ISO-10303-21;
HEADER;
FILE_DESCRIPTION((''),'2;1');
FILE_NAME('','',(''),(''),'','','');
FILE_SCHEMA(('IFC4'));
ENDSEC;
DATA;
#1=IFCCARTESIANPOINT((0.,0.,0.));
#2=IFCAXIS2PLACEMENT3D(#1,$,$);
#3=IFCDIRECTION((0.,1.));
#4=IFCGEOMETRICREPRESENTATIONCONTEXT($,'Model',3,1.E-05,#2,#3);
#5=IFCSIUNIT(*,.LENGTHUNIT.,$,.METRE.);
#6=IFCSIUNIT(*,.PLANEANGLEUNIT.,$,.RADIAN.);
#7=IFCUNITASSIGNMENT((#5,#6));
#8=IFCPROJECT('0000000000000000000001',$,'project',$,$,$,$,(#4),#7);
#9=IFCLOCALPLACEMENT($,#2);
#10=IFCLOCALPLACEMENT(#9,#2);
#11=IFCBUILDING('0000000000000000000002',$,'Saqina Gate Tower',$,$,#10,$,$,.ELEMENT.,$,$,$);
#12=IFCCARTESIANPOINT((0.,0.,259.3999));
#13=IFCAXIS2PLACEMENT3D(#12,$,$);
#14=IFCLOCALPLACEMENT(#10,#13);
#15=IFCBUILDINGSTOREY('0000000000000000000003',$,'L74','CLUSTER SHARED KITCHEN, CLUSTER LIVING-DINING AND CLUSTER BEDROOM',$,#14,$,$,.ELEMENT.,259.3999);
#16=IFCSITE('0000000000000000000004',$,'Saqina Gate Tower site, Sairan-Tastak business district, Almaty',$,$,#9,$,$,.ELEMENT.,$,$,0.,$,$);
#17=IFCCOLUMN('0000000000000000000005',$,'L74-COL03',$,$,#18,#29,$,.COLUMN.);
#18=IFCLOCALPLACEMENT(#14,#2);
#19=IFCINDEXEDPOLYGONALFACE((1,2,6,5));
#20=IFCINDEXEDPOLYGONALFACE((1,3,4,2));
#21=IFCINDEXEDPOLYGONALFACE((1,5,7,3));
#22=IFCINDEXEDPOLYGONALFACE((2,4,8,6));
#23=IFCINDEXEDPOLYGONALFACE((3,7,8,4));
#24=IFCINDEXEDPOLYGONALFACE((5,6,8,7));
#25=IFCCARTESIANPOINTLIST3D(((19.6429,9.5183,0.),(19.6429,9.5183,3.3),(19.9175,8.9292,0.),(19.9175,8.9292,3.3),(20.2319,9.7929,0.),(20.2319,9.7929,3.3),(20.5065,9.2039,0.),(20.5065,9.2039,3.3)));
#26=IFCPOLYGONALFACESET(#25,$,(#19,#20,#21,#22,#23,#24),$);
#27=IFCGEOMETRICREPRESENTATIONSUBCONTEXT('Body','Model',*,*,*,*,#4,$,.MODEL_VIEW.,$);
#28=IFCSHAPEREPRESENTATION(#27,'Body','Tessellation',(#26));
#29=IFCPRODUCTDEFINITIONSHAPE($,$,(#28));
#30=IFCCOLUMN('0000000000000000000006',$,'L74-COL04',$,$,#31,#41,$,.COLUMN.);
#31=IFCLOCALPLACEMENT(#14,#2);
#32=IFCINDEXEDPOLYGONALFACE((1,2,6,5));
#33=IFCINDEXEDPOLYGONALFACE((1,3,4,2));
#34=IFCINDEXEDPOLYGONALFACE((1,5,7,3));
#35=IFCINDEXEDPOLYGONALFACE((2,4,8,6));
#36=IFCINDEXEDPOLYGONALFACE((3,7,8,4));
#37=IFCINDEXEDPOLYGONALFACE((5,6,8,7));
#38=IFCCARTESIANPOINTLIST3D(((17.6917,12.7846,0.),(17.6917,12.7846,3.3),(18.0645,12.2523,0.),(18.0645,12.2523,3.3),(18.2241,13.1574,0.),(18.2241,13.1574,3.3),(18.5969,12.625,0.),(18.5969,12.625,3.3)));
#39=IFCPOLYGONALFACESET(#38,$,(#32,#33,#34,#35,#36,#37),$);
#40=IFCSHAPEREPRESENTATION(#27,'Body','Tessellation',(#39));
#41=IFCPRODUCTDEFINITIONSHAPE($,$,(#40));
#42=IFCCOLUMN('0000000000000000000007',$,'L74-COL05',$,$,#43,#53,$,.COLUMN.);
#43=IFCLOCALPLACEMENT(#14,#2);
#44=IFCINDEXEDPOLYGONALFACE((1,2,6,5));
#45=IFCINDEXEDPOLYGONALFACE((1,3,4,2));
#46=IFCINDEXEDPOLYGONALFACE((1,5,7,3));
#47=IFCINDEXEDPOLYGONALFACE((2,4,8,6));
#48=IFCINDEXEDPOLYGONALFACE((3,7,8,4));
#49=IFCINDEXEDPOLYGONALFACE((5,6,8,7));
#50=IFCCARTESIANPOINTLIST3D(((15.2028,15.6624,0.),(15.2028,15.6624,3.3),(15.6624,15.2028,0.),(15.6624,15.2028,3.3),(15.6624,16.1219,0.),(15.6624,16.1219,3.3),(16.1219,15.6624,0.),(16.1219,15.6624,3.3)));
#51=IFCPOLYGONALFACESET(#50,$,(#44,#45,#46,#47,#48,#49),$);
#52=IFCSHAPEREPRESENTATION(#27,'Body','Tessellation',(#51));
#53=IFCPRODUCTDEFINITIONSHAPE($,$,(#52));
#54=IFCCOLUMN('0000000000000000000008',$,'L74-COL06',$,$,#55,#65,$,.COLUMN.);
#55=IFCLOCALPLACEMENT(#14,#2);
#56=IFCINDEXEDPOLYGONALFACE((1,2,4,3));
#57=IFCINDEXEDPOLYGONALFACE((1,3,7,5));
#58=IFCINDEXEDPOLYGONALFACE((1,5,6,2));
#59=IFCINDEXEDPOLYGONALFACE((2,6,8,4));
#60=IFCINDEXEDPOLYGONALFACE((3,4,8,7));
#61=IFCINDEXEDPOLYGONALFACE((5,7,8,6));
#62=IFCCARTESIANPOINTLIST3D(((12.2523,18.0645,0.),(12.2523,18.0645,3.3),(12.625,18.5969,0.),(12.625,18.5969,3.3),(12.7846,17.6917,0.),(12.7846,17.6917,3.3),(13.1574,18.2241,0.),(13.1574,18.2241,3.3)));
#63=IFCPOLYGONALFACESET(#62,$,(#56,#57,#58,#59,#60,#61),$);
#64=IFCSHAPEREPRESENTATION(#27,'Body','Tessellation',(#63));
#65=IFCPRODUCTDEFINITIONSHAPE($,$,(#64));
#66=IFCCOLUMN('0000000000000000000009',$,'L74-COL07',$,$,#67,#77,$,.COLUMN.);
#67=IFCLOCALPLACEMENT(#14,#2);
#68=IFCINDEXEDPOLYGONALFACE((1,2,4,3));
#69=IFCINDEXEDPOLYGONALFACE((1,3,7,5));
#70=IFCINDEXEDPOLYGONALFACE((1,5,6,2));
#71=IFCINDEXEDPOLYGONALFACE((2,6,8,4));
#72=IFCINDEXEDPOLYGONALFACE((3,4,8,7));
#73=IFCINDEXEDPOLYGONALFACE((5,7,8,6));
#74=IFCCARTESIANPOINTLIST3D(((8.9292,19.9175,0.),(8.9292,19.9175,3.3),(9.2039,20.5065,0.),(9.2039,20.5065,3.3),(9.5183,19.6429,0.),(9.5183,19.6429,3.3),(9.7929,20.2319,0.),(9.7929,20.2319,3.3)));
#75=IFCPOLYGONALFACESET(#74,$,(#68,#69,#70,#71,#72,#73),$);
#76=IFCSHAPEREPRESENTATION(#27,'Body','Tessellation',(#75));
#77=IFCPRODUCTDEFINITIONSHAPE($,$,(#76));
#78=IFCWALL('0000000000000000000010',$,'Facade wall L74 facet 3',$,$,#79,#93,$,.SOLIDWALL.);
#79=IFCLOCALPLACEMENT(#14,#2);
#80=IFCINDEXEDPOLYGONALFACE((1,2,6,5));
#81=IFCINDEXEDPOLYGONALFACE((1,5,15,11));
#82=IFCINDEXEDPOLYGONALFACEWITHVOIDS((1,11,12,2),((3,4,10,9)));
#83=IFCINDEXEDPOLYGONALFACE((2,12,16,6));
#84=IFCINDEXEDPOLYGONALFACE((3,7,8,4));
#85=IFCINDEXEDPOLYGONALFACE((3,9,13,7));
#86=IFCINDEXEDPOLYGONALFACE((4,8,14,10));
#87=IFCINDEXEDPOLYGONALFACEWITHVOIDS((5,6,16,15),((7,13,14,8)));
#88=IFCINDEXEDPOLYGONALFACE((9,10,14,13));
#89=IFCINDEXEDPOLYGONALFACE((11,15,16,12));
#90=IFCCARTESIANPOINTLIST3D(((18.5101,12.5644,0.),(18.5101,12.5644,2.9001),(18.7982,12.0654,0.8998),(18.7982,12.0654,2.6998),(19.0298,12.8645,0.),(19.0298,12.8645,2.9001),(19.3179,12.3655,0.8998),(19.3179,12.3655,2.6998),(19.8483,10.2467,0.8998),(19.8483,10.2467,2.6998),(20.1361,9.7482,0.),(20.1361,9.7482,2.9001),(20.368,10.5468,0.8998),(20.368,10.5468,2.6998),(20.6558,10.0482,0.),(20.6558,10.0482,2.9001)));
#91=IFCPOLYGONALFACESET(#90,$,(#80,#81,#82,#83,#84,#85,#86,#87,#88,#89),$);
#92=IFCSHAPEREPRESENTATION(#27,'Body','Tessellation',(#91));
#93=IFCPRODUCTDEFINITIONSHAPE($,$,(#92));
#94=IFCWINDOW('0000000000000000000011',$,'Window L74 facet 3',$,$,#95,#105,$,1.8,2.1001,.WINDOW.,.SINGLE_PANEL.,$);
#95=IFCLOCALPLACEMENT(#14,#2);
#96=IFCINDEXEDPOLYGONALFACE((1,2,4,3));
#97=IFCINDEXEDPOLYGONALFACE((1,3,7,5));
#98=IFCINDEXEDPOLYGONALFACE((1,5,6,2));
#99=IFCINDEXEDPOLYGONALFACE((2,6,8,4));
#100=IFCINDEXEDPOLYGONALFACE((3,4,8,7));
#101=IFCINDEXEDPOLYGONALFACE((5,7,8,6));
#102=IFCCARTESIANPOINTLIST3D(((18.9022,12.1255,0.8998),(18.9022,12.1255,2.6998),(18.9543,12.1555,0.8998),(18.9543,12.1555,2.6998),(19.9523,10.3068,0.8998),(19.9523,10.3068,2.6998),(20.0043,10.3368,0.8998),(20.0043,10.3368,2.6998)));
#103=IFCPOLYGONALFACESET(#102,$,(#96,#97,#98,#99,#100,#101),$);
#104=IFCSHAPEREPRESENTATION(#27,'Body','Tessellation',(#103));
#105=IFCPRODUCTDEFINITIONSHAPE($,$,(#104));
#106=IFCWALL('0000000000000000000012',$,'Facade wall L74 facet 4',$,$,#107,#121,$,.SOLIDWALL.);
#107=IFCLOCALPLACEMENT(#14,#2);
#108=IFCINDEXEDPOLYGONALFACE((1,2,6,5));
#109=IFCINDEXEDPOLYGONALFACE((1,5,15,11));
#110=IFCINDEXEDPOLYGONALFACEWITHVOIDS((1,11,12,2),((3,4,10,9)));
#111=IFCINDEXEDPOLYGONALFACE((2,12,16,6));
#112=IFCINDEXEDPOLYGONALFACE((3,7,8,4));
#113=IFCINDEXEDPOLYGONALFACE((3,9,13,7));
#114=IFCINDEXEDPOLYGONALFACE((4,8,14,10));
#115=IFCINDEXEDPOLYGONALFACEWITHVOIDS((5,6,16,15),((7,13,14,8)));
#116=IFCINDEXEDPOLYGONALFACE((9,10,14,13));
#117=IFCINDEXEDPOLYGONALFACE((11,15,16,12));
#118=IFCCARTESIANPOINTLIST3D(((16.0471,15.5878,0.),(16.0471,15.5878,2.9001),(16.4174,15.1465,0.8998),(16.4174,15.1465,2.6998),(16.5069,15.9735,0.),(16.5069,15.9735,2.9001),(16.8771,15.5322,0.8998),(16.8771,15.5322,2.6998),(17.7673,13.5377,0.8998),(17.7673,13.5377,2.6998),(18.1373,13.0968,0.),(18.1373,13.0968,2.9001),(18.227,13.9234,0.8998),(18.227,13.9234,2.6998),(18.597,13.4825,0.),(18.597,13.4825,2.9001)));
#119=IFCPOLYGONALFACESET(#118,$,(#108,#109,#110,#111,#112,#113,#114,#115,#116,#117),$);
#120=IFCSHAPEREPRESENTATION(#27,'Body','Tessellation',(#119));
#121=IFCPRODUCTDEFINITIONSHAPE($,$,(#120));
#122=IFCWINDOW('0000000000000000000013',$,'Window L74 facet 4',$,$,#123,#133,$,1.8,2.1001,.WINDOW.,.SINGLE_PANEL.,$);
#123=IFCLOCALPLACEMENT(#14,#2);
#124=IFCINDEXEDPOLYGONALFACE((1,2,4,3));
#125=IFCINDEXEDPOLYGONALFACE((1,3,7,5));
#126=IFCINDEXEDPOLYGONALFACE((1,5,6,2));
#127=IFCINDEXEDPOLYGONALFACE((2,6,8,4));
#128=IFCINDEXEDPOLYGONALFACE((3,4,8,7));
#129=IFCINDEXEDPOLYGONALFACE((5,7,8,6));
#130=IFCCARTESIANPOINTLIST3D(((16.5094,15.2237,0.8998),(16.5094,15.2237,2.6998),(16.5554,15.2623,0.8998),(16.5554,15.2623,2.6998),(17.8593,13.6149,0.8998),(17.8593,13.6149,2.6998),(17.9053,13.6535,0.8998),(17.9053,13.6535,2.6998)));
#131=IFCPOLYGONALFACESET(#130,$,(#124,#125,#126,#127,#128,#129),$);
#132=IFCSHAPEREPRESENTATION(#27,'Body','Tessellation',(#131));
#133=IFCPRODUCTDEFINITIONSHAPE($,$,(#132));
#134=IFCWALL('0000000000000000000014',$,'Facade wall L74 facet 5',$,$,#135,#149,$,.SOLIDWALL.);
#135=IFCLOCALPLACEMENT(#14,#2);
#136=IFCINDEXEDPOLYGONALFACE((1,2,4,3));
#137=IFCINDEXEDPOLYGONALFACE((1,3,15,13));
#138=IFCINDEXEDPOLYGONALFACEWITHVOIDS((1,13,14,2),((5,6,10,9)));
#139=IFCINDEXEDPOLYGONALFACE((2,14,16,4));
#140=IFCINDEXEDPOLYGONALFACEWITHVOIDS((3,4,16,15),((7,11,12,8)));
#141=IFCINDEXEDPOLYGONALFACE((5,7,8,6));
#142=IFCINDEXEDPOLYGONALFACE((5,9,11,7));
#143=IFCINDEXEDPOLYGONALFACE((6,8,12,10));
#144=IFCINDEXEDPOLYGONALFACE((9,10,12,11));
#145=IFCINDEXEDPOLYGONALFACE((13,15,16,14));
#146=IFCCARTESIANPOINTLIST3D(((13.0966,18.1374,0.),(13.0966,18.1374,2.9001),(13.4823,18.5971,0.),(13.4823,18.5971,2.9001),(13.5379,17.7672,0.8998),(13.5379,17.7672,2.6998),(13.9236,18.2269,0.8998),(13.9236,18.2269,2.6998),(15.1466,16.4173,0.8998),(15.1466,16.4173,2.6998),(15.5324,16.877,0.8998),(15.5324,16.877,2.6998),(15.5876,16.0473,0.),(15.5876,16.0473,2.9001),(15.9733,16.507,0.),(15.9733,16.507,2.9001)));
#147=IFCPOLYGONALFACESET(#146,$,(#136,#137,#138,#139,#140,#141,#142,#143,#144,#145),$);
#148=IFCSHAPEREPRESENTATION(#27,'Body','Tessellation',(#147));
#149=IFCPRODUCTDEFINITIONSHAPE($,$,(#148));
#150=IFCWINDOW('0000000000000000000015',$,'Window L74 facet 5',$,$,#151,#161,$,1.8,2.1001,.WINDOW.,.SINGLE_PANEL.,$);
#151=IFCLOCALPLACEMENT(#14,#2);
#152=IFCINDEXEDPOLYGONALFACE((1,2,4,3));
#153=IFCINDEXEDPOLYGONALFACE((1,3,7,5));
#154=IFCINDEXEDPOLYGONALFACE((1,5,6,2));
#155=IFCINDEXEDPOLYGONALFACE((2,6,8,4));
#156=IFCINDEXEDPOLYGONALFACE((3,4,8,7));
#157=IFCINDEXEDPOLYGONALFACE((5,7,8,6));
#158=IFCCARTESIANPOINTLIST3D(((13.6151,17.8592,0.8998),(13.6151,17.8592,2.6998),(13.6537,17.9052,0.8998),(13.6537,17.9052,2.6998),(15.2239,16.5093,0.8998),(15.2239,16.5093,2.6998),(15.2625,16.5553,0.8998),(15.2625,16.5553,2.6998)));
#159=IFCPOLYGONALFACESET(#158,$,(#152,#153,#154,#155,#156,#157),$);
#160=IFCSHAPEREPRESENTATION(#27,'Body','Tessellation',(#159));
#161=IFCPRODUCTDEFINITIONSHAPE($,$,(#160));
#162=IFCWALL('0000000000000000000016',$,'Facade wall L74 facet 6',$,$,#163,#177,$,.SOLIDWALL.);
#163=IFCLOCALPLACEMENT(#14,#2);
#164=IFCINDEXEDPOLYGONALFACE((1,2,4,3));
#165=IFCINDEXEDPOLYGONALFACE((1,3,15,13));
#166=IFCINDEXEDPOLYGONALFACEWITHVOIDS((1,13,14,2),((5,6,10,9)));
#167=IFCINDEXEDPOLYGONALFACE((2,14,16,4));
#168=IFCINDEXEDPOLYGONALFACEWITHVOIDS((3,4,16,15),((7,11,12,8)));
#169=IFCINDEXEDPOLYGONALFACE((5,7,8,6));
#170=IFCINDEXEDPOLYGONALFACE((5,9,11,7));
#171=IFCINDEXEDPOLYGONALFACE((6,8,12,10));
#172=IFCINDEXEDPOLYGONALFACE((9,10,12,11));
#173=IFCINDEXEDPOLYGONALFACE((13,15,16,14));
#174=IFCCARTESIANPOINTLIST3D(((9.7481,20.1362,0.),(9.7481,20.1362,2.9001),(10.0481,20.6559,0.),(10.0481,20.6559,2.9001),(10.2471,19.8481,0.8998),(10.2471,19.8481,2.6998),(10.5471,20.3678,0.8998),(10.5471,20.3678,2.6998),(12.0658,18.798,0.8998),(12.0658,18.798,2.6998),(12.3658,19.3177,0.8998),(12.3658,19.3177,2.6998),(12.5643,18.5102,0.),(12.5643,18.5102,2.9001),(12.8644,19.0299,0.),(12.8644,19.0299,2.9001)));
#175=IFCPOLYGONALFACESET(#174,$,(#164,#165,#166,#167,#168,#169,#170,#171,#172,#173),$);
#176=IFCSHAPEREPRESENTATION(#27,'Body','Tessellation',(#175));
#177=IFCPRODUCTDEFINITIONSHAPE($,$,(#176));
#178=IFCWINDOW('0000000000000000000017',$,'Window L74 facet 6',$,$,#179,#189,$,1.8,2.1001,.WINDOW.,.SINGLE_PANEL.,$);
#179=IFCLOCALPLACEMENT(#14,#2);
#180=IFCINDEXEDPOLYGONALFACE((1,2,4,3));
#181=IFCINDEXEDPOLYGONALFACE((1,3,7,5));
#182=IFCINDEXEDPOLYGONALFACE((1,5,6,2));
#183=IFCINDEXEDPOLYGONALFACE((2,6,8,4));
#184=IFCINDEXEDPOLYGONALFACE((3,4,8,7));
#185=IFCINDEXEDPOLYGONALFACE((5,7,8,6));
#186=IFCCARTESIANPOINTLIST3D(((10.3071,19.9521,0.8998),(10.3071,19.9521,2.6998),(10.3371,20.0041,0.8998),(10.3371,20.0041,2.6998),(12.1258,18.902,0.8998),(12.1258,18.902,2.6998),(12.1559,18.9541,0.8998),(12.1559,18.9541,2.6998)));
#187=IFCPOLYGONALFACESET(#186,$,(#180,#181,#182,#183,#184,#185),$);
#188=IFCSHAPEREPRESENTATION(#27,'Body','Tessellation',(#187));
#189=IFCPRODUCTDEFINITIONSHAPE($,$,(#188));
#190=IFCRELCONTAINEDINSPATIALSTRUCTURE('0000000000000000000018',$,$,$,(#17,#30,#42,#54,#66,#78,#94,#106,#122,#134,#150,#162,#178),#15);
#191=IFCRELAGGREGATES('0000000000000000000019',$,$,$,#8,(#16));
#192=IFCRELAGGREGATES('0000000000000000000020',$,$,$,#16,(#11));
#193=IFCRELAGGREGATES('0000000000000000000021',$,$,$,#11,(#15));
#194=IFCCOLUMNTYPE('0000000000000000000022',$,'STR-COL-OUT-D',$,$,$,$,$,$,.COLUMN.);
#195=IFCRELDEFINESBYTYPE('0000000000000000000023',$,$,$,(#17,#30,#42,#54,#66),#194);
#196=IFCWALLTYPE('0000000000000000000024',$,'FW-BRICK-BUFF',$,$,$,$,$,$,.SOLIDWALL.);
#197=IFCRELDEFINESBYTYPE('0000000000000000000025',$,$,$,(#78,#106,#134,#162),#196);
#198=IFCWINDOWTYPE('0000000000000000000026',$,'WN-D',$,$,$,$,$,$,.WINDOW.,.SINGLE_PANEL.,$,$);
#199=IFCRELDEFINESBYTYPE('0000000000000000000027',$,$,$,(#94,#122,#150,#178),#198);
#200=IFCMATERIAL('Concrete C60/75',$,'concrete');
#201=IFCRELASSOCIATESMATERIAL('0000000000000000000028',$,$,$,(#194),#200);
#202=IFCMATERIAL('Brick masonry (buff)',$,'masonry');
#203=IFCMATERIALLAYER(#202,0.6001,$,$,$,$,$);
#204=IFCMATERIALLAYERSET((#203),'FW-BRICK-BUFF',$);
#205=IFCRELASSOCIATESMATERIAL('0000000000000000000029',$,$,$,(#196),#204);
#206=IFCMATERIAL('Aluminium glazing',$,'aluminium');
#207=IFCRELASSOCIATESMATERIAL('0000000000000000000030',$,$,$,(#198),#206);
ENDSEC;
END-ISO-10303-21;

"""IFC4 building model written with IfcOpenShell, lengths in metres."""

from ifc_helpers import new_model, si_unit, direction, frame, frame_2d, origin, origin_2d, place, context, subcontext, project, spatial, rectangle, extrude, material, layer, layer_set, material_profile, profile_set, type_object, element, fill, save


model = new_model("IFC4")

# Units and contexts
model_context = context("Model", 3, precision=1e-05, world=origin(), true_north=direction((0.0, 1.0)))
body_context = subcontext(model_context, "Body", "Model", "MODEL_VIEW")
ifc_project = project(units=[si_unit("LENGTHUNIT", "METRE"), si_unit("PLANEANGLEUNIT", "RADIAN")], contexts=[model_context])

# Site, building, storey
site_placement = place(None, origin())
site = spatial("IfcSite", under=ifc_project, at=site_placement, Name="Saqina Gate Tower site, Sairan-Tastak business district, Almaty", CompositionType="ELEMENT", RefElevation=0.0)
building_placement = place(site_placement, origin())
building = spatial("IfcBuilding", under=site, at=building_placement, Name="Saqina Gate Tower", CompositionType="ELEMENT")
storey_placement = place(building_placement, frame((0.0, 0.0, 259.3999)))
storey = spatial("IfcBuildingStorey", under=building, at=storey_placement, Name="L74", Description="CLUSTER SHARED KITCHEN, CLUSTER LIVING-DINING AND CLUSTER BEDROOM", CompositionType="ELEMENT", Elevation=259.3999)

# Columns
ifc_material_1 = material(Name="Concrete C60/75", Category="concrete")
ifc_material_profile = material_profile(ifc_material_1, rectangle(XDim=0.6499, YDim=0.6499, at=origin_2d()), Name="RC 650x650")
ifc_profile_set = profile_set([ifc_material_profile], Name="Concrete C60/75")
column_type = type_object("IfcColumnType", Name="STR-COL-OUT-D", PredefinedType="COLUMN", material=ifc_profile_set)
for number, where, z_axis, x_axis, name in (
    (1, (20.0747, 9.3611, 0.0), (0.0, 0.0, 1.0), (0.906308, 0.422618, 0.0), "L74-COL03"),
    (2, (18.1443, 12.7048, 0.0), (0.0, 0.0, 1.0), (0.819152, 0.573576, 0.0), "L74-COL04"),
    (3, (15.6624, 15.6624, 0.0), (0.0, 0.0, 1.0), (0.707107, 0.707107, 0.0), "L74-COL05"),
    (4, (12.7048, 18.1443, 0.0), (0.0, 0.0, 1.0), (0.573576, 0.819152, 0.0), "L74-COL06"),
    (5, (9.3611, 20.0747, 0.0), (0.0, 0.0, 1.0), (0.422618, 0.906308, 0.0), "L74-COL07"),
):
    element("IfcColumn", number, at=place(storey_placement, frame(where, z_axis=z_axis, x_axis=x_axis)), inside=storey, type_object=column_type, Name=name, PredefinedType="COLUMN", context=body_context, shape_type="SweptSolid", body=[
        extrude(rectangle(XDim=0.6499, YDim=0.6499, at=origin_2d()), origin(), (0.0, 0.0, 1.0), 3.3),
    ])

# Walls, openings, windows
ifc_material_2 = material(Name="Brick masonry (buff)", Category="masonry")
ifc_layer_1 = layer(ifc_material_2, 0.6001)
ifc_layer_set_1 = layer_set([ifc_layer_1], Name="FW-BRICK-BUFF")
wall_type_1 = type_object("IfcWallType", Name="FW-BRICK-BUFF", PredefinedType="SOLIDWALL", material=ifc_layer_set_1)
wall_1_placement = place(storey_placement, frame((20.396, 9.8982, 0.0), z_axis=(0.0, 0.0, 1.0), x_axis=(-0.500015, 0.866017, 0.0)))
wall_1 = element("IfcWall", 6, at=wall_1_placement, inside=storey, type_object=wall_type_1, Name="Facade wall L74 facet 3", PredefinedType="SOLIDWALL", context=body_context, shape_type="SweptSolid", body=[
    extrude(rectangle(XDim=3.252, YDim=0.6001, at=frame_2d((1.626, 0.0))), origin(), (0.0, 0.0, 1.0), 2.9001),
])
opening_1_placement = place(wall_1_placement, frame((0.5757, 0.0, 0.8999)))
opening_1 = element("IfcOpeningElement", 7, at=opening_1_placement, cuts=wall_1, PredefinedType="OPENING", context=body_context, shape_type="SweptSolid", body=[
    extrude(rectangle(XDim=2.1001, YDim=1.8, at=frame_2d((1.05, 0.8999))), frame((0.0, 0.312, 0.0), z_axis=(0.0, -1.0, 0.0), x_axis=(1.0, 0.0, 0.0)), (0.0, 0.0, 1.0), 0.624),
])
ifc_material_3 = material(Name="Aluminium glazing", Category="aluminium")
window_type = type_object("IfcWindowType", Name="WN-D", PartitioningType="SINGLE_PANEL", PredefinedType="WINDOW", material=ifc_material_3)
window_1_placement = place(opening_1_placement, origin())
window_1 = element("IfcWindow", 8, at=window_1_placement, inside=storey, type_object=window_type, Name="Window L74 facet 3", OverallHeight=1.8, OverallWidth=2.1001, PartitioningType="SINGLE_PANEL", PredefinedType="WINDOW", context=body_context, shape_type="SweptSolid", body=[
    extrude(rectangle(XDim=2.1001, YDim=1.8, at=frame_2d((1.05, 0.8999))), frame((0.0, 0.1799, 0.0), z_axis=(0.0, -1.0, 0.0), x_axis=(1.0, 0.0, 0.0)), (0.0, 0.0, 1.0), 0.0601),
])
fill(opening_1, window_1)
wall_2_placement = place(storey_placement, frame((18.3672, 13.2896, 0.0), z_axis=(0.0, 0.0, 1.0), x_axis=(-0.642773, 0.766057, 0.0)))
wall_2 = element("IfcWall", 9, at=wall_2_placement, inside=storey, type_object=wall_type_1, Name="Facade wall L74 facet 4", PredefinedType="SOLIDWALL", context=body_context, shape_type="SweptSolid", body=[
    extrude(rectangle(XDim=3.2517, YDim=0.6001, at=frame_2d((1.626, 0.0))), origin(), (0.0, 0.0, 1.0), 2.9001),
])
opening_2_placement = place(wall_2_placement, frame((0.5757, 0.0, 0.8999)))
opening_2 = element("IfcOpeningElement", 10, at=opening_2_placement, cuts=wall_2, PredefinedType="OPENING", context=body_context, shape_type="SweptSolid", body=[
    extrude(rectangle(XDim=2.1001, YDim=1.8, at=frame_2d((1.05, 0.8999))), frame((0.0, 0.312, 0.0), z_axis=(0.0, -1.0, 0.0), x_axis=(1.0, 0.0, 0.0)), (0.0, 0.0, 1.0), 0.624),
])
window_2_placement = place(opening_2_placement, origin())
window_2 = element("IfcWindow", 11, at=window_2_placement, inside=storey, type_object=window_type, Name="Window L74 facet 4", OverallHeight=1.8, OverallWidth=2.1001, PartitioningType="SINGLE_PANEL", PredefinedType="WINDOW", context=body_context, shape_type="SweptSolid", body=[
    extrude(rectangle(XDim=2.1001, YDim=1.8, at=frame_2d((1.05, 0.8999))), frame((0.0, 0.1799, 0.0), z_axis=(0.0, -1.0, 0.0), x_axis=(1.0, 0.0, 0.0)), (0.0, 0.0, 1.0), 0.0601),
])
fill(opening_2, window_2)
wall_3_placement = place(storey_placement, frame((15.7805, 16.2771, 0.0), z_axis=(0.0, 0.0, 1.0), x_axis=(-0.766057, 0.642773, 0.0)))
wall_3 = element("IfcWall", 12, at=wall_3_placement, inside=storey, type_object=wall_type_1, Name="Facade wall L74 facet 5", PredefinedType="SOLIDWALL", context=body_context, shape_type="SweptSolid", body=[
    extrude(rectangle(XDim=3.2517, YDim=0.6001, at=frame_2d((1.626, 0.0))), origin(), (0.0, 0.0, 1.0), 2.9001),
])
opening_3_placement = place(wall_3_placement, frame((0.5757, 0.0, 0.8999)))
opening_3 = element("IfcOpeningElement", 13, at=opening_3_placement, cuts=wall_3, PredefinedType="OPENING", context=body_context, shape_type="SweptSolid", body=[
    extrude(rectangle(XDim=2.1001, YDim=1.8, at=frame_2d((1.05, 0.8999))), frame((0.0, 0.312, 0.0), z_axis=(0.0, -1.0, 0.0), x_axis=(1.0, 0.0, 0.0)), (0.0, 0.0, 1.0), 0.624),
])
window_3_placement = place(opening_3_placement, origin())
window_3 = element("IfcWindow", 14, at=window_3_placement, inside=storey, type_object=window_type, Name="Window L74 facet 5", OverallHeight=1.8, OverallWidth=2.1001, PartitioningType="SINGLE_PANEL", PredefinedType="WINDOW", context=body_context, shape_type="SweptSolid", body=[
    extrude(rectangle(XDim=2.1001, YDim=1.8, at=frame_2d((1.05, 0.8999))), frame((0.0, 0.1799, 0.0), z_axis=(0.0, -1.0, 0.0), x_axis=(1.0, 0.0, 0.0)), (0.0, 0.0, 1.0), 0.0601),
])
fill(opening_3, window_3)
wall_4_placement = place(storey_placement, frame((12.7144, 18.77, 0.0), z_axis=(0.0, 0.0, 1.0), x_axis=(-0.866017, 0.500015, 0.0)))
wall_4 = element("IfcWall", 15, at=wall_4_placement, inside=storey, type_object=wall_type_1, Name="Facade wall L74 facet 6", PredefinedType="SOLIDWALL", context=body_context, shape_type="SweptSolid", body=[
    extrude(rectangle(XDim=3.252, YDim=0.6001, at=frame_2d((1.626, 0.0))), origin(), (0.0, 0.0, 1.0), 2.9001),
])
opening_4_placement = place(wall_4_placement, frame((0.5757, 0.0, 0.8999)))
opening_4 = element("IfcOpeningElement", 16, at=opening_4_placement, cuts=wall_4, PredefinedType="OPENING", context=body_context, shape_type="SweptSolid", body=[
    extrude(rectangle(XDim=2.1001, YDim=1.8, at=frame_2d((1.05, 0.8999))), frame((0.0, 0.312, 0.0), z_axis=(0.0, -1.0, 0.0), x_axis=(1.0, 0.0, 0.0)), (0.0, 0.0, 1.0), 0.624),
])
window_4_placement = place(opening_4_placement, origin())
window_4 = element("IfcWindow", 17, at=window_4_placement, inside=storey, type_object=window_type, Name="Window L74 facet 6", OverallHeight=1.8, OverallWidth=2.1001, PartitioningType="SINGLE_PANEL", PredefinedType="WINDOW", context=body_context, shape_type="SweptSolid", body=[
    extrude(rectangle(XDim=2.1001, YDim=1.8, at=frame_2d((1.05, 0.8999))), frame((0.0, 0.1799, 0.0), z_axis=(0.0, -1.0, 0.0), x_axis=(1.0, 0.0, 0.0)), (0.0, 0.0, 1.0), 0.0601),
])
fill(opening_4, window_4)

save(model, "model.ifc")
